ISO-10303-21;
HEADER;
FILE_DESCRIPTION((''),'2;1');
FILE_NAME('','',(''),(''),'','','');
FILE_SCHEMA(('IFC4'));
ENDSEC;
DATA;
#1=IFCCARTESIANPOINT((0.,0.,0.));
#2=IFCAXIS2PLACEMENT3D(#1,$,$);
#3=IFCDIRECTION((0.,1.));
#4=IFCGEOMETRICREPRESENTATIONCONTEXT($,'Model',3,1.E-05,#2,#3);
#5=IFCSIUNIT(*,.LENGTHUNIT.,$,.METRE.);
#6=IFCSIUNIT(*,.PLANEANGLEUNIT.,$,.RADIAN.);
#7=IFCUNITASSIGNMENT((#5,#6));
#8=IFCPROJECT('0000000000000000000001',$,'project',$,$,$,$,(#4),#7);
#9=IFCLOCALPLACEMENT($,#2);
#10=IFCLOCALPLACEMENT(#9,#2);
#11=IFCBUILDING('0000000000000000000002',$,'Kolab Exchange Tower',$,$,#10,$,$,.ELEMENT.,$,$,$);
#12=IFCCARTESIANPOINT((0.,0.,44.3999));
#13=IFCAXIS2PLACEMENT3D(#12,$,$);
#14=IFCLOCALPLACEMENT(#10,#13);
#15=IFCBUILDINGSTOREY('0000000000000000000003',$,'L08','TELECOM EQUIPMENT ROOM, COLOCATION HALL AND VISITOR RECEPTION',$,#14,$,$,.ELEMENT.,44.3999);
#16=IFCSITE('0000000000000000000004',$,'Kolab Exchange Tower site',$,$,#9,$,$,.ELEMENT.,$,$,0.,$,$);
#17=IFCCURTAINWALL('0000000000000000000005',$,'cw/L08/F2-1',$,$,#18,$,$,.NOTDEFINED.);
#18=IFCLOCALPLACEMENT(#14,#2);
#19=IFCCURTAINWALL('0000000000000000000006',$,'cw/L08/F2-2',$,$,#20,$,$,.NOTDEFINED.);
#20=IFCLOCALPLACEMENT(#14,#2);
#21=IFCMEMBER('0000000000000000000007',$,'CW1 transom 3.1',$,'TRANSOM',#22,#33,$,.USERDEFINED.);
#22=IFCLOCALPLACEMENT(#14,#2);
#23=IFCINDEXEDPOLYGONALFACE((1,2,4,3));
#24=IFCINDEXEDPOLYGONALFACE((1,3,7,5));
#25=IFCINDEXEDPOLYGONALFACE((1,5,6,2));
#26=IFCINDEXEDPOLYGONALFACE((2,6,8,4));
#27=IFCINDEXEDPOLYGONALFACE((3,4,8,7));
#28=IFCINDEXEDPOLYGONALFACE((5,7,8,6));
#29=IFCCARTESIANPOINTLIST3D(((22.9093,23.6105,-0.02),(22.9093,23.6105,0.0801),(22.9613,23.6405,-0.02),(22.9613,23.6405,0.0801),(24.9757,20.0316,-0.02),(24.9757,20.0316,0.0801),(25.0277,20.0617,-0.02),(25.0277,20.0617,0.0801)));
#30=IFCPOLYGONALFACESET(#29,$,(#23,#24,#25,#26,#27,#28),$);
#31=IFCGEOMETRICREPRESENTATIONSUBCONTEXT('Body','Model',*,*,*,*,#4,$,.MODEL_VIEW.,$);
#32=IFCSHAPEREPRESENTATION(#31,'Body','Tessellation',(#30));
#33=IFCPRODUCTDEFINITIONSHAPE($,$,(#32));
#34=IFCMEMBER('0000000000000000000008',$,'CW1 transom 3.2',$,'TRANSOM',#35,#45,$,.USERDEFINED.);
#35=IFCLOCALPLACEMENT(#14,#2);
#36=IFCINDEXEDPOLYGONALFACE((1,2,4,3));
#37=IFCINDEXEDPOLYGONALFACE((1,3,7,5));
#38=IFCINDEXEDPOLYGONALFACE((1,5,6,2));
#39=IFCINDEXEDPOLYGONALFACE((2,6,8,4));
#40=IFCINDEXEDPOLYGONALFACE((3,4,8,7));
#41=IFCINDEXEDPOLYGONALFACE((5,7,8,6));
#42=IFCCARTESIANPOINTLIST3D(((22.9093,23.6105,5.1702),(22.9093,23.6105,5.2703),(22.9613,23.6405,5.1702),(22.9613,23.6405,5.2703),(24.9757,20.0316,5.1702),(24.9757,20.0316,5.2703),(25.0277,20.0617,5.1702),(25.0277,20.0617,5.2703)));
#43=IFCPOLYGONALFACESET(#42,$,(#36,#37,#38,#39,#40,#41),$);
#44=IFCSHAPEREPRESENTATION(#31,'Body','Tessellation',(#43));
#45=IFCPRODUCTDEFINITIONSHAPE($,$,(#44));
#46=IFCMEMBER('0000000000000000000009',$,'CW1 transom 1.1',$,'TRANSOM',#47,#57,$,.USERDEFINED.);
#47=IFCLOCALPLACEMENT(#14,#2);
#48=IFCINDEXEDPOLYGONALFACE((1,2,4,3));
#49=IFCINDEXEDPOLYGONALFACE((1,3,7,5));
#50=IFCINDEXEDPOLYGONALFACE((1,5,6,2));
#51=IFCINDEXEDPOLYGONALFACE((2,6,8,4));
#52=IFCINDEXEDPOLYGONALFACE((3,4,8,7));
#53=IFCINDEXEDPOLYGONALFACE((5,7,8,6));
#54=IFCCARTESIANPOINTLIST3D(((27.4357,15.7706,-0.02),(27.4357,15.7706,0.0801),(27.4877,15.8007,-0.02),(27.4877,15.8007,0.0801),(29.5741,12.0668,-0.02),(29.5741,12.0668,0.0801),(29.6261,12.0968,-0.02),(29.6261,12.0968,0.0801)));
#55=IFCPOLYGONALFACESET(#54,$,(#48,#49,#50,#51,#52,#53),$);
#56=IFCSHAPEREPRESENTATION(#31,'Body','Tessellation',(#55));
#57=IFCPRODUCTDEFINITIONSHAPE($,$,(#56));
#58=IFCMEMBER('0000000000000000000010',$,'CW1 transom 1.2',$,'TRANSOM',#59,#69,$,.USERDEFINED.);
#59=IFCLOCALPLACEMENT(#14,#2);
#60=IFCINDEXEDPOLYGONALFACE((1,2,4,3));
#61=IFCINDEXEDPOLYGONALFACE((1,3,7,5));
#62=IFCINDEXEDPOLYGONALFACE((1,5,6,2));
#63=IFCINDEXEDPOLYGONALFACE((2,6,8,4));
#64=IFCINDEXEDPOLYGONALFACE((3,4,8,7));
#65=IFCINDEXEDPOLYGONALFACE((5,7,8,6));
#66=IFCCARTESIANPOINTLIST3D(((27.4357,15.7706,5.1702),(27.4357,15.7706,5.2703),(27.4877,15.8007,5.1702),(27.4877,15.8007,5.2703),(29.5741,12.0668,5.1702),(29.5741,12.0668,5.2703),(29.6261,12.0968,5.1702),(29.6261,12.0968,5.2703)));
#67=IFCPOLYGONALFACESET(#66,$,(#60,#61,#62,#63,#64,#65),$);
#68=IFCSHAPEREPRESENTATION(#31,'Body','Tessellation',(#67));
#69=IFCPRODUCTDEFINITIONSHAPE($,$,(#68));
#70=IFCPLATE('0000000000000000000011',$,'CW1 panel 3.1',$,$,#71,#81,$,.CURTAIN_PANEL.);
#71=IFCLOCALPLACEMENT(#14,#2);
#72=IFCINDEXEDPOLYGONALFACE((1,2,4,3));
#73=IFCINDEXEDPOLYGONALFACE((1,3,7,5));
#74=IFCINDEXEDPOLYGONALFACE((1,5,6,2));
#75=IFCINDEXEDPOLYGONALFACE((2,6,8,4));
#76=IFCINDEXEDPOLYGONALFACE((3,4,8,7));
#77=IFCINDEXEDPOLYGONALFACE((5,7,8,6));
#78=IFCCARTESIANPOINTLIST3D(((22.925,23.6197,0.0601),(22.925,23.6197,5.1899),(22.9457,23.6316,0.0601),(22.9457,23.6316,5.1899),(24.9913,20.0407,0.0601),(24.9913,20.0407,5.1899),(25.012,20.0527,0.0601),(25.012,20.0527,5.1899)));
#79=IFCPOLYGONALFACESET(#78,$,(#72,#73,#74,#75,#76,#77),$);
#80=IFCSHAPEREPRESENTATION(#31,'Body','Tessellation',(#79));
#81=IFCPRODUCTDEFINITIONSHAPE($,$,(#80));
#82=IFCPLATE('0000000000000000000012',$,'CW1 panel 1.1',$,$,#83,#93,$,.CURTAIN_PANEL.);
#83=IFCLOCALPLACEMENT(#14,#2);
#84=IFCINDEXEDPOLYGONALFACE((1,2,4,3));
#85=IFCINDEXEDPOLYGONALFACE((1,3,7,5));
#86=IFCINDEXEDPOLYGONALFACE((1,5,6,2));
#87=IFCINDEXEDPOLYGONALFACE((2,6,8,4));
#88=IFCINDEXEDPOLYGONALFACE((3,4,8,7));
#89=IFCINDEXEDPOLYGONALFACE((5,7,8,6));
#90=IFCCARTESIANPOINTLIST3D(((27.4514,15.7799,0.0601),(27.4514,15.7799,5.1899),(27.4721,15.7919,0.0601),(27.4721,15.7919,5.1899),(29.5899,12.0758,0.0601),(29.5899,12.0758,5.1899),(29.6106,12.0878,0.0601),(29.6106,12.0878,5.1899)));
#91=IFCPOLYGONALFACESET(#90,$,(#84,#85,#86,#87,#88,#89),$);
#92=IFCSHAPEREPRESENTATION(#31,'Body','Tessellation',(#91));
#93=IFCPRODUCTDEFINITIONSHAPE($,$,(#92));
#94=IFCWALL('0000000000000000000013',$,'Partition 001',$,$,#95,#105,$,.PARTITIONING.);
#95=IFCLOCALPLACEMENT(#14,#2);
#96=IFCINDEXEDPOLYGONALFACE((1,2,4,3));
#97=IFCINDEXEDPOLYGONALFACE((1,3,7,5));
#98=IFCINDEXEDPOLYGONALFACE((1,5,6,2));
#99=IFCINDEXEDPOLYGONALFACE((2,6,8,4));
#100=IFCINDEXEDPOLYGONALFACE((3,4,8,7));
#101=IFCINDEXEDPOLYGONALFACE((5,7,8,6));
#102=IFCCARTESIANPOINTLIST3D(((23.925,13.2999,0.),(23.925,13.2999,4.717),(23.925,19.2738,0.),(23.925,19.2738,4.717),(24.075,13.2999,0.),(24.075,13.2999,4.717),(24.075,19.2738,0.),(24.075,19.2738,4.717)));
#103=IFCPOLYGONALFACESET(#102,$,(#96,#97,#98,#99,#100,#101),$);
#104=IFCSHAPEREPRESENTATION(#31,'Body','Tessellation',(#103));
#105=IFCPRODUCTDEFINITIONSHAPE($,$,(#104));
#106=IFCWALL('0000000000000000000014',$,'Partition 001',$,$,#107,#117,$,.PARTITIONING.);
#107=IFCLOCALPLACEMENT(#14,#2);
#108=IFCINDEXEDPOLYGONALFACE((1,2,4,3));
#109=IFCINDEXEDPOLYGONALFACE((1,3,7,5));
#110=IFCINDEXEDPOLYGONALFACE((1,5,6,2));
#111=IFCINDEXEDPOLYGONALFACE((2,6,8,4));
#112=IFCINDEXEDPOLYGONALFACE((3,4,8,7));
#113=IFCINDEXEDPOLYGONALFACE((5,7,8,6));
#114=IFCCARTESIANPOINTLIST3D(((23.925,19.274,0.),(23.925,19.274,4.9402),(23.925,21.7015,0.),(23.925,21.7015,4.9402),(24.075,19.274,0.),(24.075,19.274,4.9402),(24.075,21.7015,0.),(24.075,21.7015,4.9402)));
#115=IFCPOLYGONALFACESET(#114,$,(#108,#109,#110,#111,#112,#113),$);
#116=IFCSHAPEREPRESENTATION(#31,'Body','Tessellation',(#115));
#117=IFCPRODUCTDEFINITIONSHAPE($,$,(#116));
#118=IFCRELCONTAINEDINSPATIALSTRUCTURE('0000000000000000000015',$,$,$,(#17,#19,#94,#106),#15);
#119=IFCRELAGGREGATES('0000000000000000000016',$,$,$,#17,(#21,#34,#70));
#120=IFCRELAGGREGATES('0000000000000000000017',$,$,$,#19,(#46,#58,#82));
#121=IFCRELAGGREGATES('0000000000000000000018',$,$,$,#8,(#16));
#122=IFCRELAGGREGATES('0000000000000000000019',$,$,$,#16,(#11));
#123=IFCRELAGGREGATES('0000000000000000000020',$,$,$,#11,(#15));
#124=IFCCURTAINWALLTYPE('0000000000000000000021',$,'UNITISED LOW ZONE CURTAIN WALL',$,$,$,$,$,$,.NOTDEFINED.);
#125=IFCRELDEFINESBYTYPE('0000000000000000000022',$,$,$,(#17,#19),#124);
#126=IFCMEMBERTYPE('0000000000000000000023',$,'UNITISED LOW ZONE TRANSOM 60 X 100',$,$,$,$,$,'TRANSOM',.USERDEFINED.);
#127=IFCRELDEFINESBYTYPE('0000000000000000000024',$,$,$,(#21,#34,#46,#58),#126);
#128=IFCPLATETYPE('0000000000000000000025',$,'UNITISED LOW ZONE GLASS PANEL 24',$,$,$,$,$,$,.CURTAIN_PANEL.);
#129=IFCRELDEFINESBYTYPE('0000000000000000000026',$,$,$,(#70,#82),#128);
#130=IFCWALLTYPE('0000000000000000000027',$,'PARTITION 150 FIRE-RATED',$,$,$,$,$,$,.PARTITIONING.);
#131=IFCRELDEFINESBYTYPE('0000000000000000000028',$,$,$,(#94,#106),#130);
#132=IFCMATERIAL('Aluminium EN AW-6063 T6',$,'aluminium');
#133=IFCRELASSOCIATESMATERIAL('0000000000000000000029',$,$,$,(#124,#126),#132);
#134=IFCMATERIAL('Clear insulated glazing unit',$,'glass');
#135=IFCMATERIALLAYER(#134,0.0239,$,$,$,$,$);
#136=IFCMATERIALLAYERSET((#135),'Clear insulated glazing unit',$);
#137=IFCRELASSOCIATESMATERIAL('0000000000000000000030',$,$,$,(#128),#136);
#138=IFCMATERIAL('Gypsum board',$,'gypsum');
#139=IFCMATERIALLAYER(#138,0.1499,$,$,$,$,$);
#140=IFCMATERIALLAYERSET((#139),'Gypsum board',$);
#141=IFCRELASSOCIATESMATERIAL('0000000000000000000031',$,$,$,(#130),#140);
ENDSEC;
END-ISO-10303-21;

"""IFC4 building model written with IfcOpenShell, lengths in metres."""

from ifc_helpers import new_model, si_unit, direction, frame, frame_2d, origin, origin_2d, place, context, subcontext, project, spatial, rectangle, extrude, material, layer, layer_set, material_profile, profile_set, type_object, element, aggregate, save


model = new_model("IFC4")

# Units and contexts
model_context = context("Model", 3, precision=1e-05, world=origin(), true_north=direction((0.0, 1.0)))
body_context = subcontext(model_context, "Body", "Model", "MODEL_VIEW")
ifc_project = project(units=[si_unit("LENGTHUNIT", "METRE"), si_unit("PLANEANGLEUNIT", "RADIAN")], contexts=[model_context])

# Site, building, storey
site_placement = place(None, origin())
site = spatial("IfcSite", under=ifc_project, at=site_placement, Name="Kolab Exchange Tower site", CompositionType="ELEMENT", RefElevation=0.0)
building_placement = place(site_placement, origin())
building = spatial("IfcBuilding", under=site, at=building_placement, Name="Kolab Exchange Tower", CompositionType="ELEMENT")
storey_placement = place(building_placement, frame((0.0, 0.0, 44.3999)))
storey = spatial("IfcBuildingStorey", under=building, at=storey_placement, Name="L08", Description="TELECOM EQUIPMENT ROOM, COLOCATION HALL AND VISITOR RECEPTION", CompositionType="ELEMENT", Elevation=44.3999)

# Curtain walls
ifc_material_1 = material(Name="Aluminium EN AW-6063 T6", Category="aluminium")
curtain_wall_type = type_object("IfcCurtainWallType", Name="UNITISED LOW ZONE CURTAIN WALL", PredefinedType="NOTDEFINED", material=ifc_material_1)
curtain_wall_1_placement = place(storey_placement, origin())
curtain_wall_1 = element("IfcCurtainWall", 1, at=curtain_wall_1_placement, inside=storey, type_object=curtain_wall_type, Name="cw/L08/F2-1", PredefinedType="NOTDEFINED")
curtain_wall_2_placement = place(storey_placement, origin())
curtain_wall_2 = element("IfcCurtainWall", 2, at=curtain_wall_2_placement, inside=storey, type_object=curtain_wall_type, Name="cw/L08/F2-2", PredefinedType="NOTDEFINED")

# Members
ifc_material_profile_1 = material_profile(ifc_material_1, rectangle(XDim=0.0601, YDim=0.1001, at=origin_2d()), Name="RECT 60X100")
ifc_profile_set_1 = profile_set([ifc_material_profile_1], Name="Aluminium EN AW-6063 T6")
member_type_1 = type_object("IfcMemberType", Name="UNITISED LOW ZONE TRANSOM 60 X 100", ElementType="TRANSOM", PredefinedType="USERDEFINED", material=ifc_profile_set_1)
member_1_placement = place(storey_placement, frame((22.9353, 23.6255, 0.03), z_axis=(0.500028, -0.866009, 0.0), x_axis=(0.866009, 0.500028, 0.0)))
member_1 = element("IfcMember", 3, at=member_1_placement, type_object=member_type_1, Name="CW1 transom 3.1", ObjectType="TRANSOM", PredefinedType="USERDEFINED", context=body_context, shape_type="SweptSolid", body=[
    extrude(rectangle(XDim=0.0601, YDim=0.1001, at=origin_2d()), origin(), (0.0, 0.0, 1.0), 4.1326),
])
member_2_placement = place(storey_placement, frame((22.9353, 23.6255, 5.2202), z_axis=(0.500028, -0.866009, 0.0), x_axis=(0.866009, 0.500028, 0.0)))
member_2 = element("IfcMember", 4, at=member_2_placement, type_object=member_type_1, Name="CW1 transom 3.2", ObjectType="TRANSOM", PredefinedType="USERDEFINED", context=body_context, shape_type="SweptSolid", body=[
    extrude(rectangle(XDim=0.0601, YDim=0.1001, at=origin_2d()), origin(), (0.0, 0.0, 1.0), 4.1326),
])
member_3_placement = place(storey_placement, frame((27.4617, 15.7856, 0.03), z_axis=(0.500001, -0.866025, 0.0), x_axis=(0.866025, 0.500001, 0.0)))
member_3 = element("IfcMember", 5, at=member_3_placement, type_object=member_type_1, Name="CW1 transom 1.1", ObjectType="TRANSOM", PredefinedType="USERDEFINED", context=body_context, shape_type="SweptSolid", body=[
    extrude(rectangle(XDim=0.0601, YDim=0.1001, at=origin_2d()), origin(), (0.0, 0.0, 1.0), 4.2769),
])
member_4_placement = place(storey_placement, frame((27.4617, 15.7856, 5.2202), z_axis=(0.500001, -0.866025, 0.0), x_axis=(0.866025, 0.500001, 0.0)))
member_4 = element("IfcMember", 6, at=member_4_placement, type_object=member_type_1, Name="CW1 transom 1.2", ObjectType="TRANSOM", PredefinedType="USERDEFINED", context=body_context, shape_type="SweptSolid", body=[
    extrude(rectangle(XDim=0.0601, YDim=0.1001, at=origin_2d()), origin(), (0.0, 0.0, 1.0), 4.2769),
])

# Plates
ifc_material_2 = material(Name="Clear insulated glazing unit", Category="glass")
ifc_layer_1 = layer(ifc_material_2, 0.0239)
ifc_layer_set_1 = layer_set([ifc_layer_1], Name="Clear insulated glazing unit")
plate_type = type_object("IfcPlateType", Name="UNITISED LOW ZONE GLASS PANEL 24", PredefinedType="CURTAIN_PANEL", material=ifc_layer_set_1)
plate_1_placement = place(storey_placement, frame((23.9685, 21.8362, 0.0601), z_axis=(0.0, 0.0, 1.0), x_axis=(0.5, -0.866025, 0.0)))
plate_1 = element("IfcPlate", 7, at=plate_1_placement, type_object=plate_type, Name="CW1 panel 3.1", PredefinedType="CURTAIN_PANEL", context=body_context, shape_type="SweptSolid", body=[
    extrude(rectangle(XDim=4.1326, YDim=0.0239, at=origin_2d()), origin(), (0.0, 0.0, 1.0), 5.1299),
])
aggregate(curtain_wall_1, [member_1, member_2, plate_1])
plate_2_placement = place(storey_placement, frame((28.531, 13.9338, 0.0601), z_axis=(0.0, 0.0, 1.0), x_axis=(0.5, -0.866025, 0.0)))
plate_2 = element("IfcPlate", 8, at=plate_2_placement, type_object=plate_type, Name="CW1 panel 1.1", PredefinedType="CURTAIN_PANEL", context=body_context, shape_type="SweptSolid", body=[
    extrude(rectangle(XDim=4.2771, YDim=0.0239, at=origin_2d()), origin(), (0.0, 0.0, 1.0), 5.1299),
])
aggregate(curtain_wall_2, [member_3, member_4, plate_2])

# Walls
ifc_material_3 = material(Name="Gypsum board", Category="gypsum")
ifc_layer_2 = layer(ifc_material_3, 0.1499)
ifc_layer_set_2 = layer_set([ifc_layer_2], Name="Gypsum board")
wall_type_1 = type_object("IfcWallType", Name="PARTITION 150 FIRE-RATED", PredefinedType="PARTITIONING", material=ifc_layer_set_2)
wall_1_placement = place(storey_placement, frame((24.0, 13.3, 0.0), z_axis=(0.0, 0.0, 1.0), x_axis=(0.0, 1.0, 0.0)))
element("IfcWall", 9, at=wall_1_placement, inside=storey, type_object=wall_type_1, Name="Partition 001", PredefinedType="PARTITIONING", context=body_context, shape_type="SweptSolid", body=[
    extrude(rectangle(XDim=5.9739, YDim=0.1499, at=frame_2d((2.9868, 0.0))), origin(), (0.0, 0.0, 1.0), 4.717),
])
wall_2_placement = place(storey_placement, frame((24.0, 19.2739, 0.0), z_axis=(0.0, 0.0, 1.0), x_axis=(0.0, 1.0, 0.0)))
element("IfcWall", 10, at=wall_2_placement, inside=storey, type_object=wall_type_1, Name="Partition 001", PredefinedType="PARTITIONING", context=body_context, shape_type="SweptSolid", body=[
    extrude(rectangle(XDim=2.4275, YDim=0.1499, at=frame_2d((1.2139, 0.0))), origin(), (0.0, 0.0, 1.0), 4.9402),
])

save(model, "model.ifc")
